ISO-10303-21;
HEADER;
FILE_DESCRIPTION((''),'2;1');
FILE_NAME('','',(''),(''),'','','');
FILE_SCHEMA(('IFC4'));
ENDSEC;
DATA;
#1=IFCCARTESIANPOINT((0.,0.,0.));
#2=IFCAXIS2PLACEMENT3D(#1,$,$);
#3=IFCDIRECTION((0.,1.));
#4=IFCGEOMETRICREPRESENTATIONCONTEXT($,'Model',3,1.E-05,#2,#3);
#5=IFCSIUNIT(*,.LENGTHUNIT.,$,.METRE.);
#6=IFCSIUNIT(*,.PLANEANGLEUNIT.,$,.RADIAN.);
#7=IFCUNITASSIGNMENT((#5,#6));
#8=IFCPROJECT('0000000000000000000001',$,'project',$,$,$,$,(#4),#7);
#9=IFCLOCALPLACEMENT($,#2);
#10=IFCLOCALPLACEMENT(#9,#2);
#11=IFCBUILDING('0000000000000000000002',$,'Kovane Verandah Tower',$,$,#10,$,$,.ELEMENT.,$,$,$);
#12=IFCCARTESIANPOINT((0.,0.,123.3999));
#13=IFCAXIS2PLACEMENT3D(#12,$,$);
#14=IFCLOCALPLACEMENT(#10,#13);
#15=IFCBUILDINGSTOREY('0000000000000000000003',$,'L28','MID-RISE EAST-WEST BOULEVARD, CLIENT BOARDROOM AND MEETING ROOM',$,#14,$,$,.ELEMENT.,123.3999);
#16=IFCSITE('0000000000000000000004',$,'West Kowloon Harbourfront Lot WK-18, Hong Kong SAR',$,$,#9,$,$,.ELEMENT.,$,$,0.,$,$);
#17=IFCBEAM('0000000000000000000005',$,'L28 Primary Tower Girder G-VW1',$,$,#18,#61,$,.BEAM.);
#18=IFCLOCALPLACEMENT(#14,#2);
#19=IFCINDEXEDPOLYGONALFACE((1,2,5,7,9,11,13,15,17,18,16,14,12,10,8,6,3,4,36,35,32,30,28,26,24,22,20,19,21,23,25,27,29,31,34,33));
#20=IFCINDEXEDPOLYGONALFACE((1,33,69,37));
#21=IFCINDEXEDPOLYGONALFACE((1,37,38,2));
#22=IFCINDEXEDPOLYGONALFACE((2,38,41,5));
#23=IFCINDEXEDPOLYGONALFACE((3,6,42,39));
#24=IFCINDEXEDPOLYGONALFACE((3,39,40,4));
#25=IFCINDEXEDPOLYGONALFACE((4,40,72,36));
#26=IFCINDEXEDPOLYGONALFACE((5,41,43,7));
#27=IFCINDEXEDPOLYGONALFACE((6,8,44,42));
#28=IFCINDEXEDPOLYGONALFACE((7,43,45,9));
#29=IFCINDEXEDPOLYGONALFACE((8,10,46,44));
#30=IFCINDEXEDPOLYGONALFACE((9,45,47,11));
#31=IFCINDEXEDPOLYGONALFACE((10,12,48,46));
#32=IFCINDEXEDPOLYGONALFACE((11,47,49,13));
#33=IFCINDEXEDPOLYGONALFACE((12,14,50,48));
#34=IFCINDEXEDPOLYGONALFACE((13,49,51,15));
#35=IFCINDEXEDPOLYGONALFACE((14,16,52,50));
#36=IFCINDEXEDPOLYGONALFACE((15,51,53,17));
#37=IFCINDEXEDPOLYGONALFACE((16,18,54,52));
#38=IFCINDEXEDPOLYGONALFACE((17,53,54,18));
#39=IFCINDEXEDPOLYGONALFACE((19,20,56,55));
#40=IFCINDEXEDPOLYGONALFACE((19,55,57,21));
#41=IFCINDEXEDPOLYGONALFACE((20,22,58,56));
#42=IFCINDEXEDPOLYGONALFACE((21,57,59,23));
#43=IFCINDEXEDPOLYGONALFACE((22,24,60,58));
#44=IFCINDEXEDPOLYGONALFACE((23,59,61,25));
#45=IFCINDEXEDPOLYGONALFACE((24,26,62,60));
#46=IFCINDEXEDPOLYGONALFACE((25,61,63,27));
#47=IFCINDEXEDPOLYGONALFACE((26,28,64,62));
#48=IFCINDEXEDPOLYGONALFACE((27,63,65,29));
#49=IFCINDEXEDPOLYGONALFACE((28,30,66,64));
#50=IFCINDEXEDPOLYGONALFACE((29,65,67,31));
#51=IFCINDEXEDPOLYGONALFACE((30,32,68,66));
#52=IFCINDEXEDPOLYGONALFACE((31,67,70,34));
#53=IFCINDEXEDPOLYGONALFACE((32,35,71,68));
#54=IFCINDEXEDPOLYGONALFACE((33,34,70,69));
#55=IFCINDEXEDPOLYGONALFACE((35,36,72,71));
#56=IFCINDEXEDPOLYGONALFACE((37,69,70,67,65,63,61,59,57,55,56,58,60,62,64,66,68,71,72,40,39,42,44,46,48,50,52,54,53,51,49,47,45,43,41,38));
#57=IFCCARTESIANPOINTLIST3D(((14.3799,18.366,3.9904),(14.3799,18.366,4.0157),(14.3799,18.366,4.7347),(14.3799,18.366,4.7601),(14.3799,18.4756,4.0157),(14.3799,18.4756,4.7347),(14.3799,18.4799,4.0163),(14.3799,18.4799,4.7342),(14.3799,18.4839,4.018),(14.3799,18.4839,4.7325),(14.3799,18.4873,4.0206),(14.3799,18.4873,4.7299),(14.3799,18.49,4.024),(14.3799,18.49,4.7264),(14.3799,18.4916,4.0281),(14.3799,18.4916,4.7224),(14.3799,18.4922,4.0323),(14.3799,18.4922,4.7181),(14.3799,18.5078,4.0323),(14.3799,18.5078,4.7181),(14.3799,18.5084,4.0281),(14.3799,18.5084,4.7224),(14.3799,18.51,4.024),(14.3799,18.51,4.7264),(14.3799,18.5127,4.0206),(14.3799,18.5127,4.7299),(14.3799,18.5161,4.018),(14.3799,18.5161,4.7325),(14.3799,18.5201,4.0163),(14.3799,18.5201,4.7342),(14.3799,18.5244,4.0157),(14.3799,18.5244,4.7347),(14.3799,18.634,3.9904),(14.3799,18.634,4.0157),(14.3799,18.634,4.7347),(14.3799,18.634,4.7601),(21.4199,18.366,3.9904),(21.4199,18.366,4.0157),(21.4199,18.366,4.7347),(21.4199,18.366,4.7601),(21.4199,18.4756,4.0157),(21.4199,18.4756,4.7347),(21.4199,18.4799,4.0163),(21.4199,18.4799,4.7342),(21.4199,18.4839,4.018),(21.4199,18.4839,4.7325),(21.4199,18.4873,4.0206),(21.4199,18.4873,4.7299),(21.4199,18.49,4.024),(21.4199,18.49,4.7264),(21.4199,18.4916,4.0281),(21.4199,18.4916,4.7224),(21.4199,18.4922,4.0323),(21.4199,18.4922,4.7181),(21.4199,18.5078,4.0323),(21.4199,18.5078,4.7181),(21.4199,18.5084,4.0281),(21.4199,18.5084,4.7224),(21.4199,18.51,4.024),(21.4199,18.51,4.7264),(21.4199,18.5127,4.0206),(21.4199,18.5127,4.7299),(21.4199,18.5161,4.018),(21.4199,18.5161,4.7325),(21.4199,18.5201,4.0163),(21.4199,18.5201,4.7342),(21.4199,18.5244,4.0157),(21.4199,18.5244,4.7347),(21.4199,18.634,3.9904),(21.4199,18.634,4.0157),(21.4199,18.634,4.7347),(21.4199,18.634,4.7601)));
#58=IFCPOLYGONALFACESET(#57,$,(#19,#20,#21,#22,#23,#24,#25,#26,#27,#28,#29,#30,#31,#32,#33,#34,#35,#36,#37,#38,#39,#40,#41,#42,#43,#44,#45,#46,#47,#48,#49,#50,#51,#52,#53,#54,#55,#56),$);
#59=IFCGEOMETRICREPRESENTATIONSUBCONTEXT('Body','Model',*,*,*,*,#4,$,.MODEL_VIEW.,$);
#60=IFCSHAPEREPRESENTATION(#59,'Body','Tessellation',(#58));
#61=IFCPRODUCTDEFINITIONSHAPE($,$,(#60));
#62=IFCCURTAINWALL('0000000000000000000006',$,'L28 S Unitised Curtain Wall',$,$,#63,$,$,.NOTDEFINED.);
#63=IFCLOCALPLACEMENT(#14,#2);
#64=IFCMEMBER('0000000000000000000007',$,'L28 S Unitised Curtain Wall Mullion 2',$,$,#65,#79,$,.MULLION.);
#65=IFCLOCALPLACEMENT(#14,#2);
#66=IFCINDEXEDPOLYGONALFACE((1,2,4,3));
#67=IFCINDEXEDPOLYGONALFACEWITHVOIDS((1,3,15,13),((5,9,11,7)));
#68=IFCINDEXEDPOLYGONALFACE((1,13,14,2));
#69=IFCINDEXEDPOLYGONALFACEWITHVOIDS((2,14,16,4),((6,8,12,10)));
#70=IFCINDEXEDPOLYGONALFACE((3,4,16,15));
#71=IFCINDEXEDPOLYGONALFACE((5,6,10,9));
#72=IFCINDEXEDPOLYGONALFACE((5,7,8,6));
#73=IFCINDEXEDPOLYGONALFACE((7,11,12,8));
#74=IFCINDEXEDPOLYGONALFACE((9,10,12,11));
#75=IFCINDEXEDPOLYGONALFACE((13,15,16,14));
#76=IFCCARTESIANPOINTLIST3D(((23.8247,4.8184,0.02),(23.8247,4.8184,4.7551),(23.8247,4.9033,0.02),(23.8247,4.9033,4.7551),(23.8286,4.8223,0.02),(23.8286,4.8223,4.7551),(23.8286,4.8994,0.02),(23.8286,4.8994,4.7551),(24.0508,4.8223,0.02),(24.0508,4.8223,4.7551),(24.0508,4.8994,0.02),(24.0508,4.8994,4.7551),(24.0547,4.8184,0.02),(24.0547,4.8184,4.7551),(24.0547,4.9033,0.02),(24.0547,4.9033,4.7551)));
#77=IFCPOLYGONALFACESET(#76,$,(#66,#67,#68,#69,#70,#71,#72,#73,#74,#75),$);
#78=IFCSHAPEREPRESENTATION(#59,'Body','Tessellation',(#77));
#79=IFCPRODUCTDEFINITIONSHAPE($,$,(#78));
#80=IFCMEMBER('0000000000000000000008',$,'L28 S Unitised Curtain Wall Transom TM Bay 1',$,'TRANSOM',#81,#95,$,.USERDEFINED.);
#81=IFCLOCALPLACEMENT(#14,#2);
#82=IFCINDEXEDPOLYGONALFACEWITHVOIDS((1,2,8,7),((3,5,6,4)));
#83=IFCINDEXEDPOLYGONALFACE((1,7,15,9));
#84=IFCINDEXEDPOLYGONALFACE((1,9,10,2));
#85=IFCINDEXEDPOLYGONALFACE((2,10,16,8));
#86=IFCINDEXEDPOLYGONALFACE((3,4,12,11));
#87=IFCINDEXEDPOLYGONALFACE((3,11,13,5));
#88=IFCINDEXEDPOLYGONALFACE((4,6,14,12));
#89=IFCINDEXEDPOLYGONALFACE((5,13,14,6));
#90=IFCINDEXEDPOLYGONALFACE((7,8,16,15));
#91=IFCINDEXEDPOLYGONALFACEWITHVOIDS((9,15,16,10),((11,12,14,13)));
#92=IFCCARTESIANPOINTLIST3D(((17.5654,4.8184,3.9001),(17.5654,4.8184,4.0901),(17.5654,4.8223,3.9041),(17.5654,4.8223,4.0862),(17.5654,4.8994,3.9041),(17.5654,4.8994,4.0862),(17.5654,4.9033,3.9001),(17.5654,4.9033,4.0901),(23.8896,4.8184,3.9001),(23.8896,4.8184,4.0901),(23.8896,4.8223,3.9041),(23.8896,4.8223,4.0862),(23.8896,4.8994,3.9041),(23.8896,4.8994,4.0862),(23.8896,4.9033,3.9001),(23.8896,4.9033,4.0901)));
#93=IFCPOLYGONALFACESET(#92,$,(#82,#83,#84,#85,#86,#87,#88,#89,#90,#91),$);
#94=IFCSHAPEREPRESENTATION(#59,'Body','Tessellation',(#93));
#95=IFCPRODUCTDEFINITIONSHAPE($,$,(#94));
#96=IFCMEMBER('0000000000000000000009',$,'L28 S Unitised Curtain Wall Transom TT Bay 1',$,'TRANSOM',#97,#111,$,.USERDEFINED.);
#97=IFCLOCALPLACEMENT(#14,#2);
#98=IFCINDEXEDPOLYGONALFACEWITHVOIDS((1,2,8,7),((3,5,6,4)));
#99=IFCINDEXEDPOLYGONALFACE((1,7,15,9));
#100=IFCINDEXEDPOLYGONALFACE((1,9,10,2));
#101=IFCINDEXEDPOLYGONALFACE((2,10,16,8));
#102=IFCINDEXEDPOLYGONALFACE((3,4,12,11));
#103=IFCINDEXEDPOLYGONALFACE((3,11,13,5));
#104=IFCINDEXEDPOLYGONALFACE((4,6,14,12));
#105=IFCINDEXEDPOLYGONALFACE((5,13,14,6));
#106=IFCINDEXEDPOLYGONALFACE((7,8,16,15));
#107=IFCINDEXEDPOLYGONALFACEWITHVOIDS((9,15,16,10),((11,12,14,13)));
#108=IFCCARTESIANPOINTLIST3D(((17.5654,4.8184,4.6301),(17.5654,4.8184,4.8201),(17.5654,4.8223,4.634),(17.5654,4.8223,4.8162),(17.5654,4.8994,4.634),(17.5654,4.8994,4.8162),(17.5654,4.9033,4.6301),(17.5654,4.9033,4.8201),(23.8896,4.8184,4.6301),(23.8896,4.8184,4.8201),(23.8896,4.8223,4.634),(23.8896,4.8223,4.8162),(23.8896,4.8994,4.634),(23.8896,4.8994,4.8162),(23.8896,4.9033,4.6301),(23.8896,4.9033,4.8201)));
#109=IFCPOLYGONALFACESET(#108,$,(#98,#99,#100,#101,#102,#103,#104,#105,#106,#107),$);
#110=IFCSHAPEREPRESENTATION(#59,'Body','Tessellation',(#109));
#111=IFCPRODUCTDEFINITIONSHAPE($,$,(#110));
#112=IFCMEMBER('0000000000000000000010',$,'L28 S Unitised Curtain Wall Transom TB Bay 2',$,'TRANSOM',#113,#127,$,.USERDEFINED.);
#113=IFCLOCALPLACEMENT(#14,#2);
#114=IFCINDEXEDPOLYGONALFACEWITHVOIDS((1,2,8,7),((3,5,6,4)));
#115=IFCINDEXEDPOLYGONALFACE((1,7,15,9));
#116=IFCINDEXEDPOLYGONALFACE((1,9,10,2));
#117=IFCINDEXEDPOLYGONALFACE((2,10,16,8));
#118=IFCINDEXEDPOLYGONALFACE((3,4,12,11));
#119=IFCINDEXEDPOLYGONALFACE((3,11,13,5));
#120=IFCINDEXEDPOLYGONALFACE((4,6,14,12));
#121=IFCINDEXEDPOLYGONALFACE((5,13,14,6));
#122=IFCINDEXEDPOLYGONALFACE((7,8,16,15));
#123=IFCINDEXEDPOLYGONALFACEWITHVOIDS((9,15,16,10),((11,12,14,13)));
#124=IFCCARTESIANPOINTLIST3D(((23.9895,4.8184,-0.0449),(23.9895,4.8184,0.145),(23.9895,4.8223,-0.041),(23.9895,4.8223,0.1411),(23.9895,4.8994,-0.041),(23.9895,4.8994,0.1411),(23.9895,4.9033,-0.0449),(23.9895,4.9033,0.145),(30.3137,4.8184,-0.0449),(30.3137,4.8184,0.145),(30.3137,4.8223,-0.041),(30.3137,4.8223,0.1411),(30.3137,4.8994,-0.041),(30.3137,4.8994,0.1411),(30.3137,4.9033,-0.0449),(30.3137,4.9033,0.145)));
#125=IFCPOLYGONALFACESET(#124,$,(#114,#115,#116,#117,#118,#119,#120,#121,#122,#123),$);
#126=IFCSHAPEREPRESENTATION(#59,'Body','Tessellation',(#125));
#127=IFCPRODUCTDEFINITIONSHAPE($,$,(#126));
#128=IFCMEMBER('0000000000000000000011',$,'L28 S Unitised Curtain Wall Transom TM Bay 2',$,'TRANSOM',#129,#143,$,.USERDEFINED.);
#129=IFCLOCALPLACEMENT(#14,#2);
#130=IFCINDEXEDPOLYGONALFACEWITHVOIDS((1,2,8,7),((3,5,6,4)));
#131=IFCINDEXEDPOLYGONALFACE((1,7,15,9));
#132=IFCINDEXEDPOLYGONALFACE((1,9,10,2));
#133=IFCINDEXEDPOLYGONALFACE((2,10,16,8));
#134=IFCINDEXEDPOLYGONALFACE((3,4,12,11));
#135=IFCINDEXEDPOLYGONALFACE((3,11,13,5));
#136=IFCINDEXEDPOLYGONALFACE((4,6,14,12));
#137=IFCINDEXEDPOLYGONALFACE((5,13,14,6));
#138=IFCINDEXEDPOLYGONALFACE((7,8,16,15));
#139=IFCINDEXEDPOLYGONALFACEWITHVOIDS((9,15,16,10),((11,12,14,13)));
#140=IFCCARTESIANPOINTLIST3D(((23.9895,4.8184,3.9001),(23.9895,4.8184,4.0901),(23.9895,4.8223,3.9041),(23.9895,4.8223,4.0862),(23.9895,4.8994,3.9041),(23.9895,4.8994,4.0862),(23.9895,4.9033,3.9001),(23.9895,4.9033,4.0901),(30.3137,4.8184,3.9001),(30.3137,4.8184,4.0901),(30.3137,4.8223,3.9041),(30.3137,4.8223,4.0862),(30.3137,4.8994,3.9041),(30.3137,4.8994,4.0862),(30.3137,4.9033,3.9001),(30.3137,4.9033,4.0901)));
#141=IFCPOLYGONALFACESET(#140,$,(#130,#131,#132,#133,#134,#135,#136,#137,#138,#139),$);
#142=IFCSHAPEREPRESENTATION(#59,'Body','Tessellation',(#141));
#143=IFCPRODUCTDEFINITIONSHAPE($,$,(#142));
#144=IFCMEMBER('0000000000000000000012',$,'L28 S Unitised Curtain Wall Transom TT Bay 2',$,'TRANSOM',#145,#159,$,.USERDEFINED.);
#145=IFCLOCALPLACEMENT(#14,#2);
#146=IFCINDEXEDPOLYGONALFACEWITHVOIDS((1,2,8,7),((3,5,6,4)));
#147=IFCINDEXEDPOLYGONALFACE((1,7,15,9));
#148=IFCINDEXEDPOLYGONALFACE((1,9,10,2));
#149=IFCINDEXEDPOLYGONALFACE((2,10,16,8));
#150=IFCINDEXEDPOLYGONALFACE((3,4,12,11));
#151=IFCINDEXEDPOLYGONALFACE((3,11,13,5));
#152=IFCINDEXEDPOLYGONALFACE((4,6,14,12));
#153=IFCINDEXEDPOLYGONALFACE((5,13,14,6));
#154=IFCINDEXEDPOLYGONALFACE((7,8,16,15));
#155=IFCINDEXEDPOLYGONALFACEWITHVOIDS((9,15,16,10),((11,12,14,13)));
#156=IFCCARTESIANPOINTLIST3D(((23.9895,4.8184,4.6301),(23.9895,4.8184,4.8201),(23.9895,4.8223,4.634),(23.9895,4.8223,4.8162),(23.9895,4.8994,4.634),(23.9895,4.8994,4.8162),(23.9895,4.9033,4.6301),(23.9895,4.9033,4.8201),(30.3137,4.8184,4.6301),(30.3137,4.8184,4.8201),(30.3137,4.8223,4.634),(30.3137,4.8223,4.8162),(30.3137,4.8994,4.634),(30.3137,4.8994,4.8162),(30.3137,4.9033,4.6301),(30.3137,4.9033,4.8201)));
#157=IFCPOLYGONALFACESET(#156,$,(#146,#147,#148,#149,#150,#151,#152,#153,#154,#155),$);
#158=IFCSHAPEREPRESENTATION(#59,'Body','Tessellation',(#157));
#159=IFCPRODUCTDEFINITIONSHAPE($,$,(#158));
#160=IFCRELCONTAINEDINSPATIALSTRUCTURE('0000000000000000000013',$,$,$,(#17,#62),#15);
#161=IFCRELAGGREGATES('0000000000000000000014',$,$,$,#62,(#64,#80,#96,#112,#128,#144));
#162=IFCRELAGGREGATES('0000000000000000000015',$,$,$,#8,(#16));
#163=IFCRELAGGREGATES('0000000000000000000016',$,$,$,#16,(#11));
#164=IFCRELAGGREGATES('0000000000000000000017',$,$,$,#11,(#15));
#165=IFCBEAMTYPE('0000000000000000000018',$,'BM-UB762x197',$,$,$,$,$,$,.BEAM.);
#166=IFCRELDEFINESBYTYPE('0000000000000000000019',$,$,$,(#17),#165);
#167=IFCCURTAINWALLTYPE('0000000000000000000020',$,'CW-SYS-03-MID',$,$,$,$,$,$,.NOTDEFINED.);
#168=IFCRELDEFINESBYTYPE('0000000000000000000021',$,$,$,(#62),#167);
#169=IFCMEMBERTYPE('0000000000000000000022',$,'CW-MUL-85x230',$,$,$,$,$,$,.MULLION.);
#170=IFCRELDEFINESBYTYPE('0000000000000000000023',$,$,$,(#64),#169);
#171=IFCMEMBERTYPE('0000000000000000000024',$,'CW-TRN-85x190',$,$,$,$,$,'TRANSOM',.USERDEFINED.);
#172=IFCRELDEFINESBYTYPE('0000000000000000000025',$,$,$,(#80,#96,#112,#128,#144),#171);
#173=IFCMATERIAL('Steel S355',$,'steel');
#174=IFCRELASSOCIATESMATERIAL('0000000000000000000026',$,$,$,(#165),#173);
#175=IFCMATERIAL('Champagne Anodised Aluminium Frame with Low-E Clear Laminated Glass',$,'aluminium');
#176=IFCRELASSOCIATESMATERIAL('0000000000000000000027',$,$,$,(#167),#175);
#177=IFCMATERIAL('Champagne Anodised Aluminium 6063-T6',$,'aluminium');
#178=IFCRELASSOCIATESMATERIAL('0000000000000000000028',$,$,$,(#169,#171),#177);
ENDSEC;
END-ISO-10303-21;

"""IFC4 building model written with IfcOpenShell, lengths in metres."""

from ifc_helpers import new_model, si_unit, direction, frame, origin, origin_2d, place, context, subcontext, project, spatial, hollow_rectangle, i_section, extrude, material, material_profile, profile_set, type_object, element, aggregate, save


model = new_model("IFC4")

# Units and contexts
model_context = context("Model", 3, precision=1e-05, world=origin(), true_north=direction((0.0, 1.0)))
body_context = subcontext(model_context, "Body", "Model", "MODEL_VIEW")
ifc_project = project(units=[si_unit("LENGTHUNIT", "METRE"), si_unit("PLANEANGLEUNIT", "RADIAN")], contexts=[model_context])

# Site, building, storey
site_placement = place(None, origin())
site = spatial("IfcSite", under=ifc_project, at=site_placement, Name="West Kowloon Harbourfront Lot WK-18, Hong Kong SAR", CompositionType="ELEMENT", RefElevation=0.0)
building_placement = place(site_placement, origin())
building = spatial("IfcBuilding", under=site, at=building_placement, Name="Kovane Verandah Tower", CompositionType="ELEMENT")
storey_placement = place(building_placement, frame((0.0, 0.0, 123.3999)))
storey = spatial("IfcBuildingStorey", under=building, at=storey_placement, Name="L28", Description="MID-RISE EAST-WEST BOULEVARD, CLIENT BOARDROOM AND MEETING ROOM", CompositionType="ELEMENT", Elevation=123.3999)

# Beam
ifc_material_1 = material(Name="Steel S355", Category="steel")
ifc_material_profile_1 = material_profile(ifc_material_1, i_section(OverallWidth=0.2681, OverallDepth=0.7698, WebThickness=0.0156, FlangeThickness=0.0254, FilletRadius=0.0166, at=origin_2d()), Name="UB762x267x197")
ifc_profile_set_1 = profile_set([ifc_material_profile_1], Name="Steel S355")
beam_type_1 = type_object("IfcBeamType", Name="BM-UB762x197", PredefinedType="BEAM", material=ifc_profile_set_1)
beam_1_placement = place(storey_placement, frame((21.4199, 18.5, 4.3752), z_axis=(-1.0, 0.0, 0.0), x_axis=(0.0, -1.0, 0.0)))
element("IfcBeam", 1, at=beam_1_placement, inside=storey, type_object=beam_type_1, Name="L28 Primary Tower Girder G-VW1", PredefinedType="BEAM", context=body_context, shape_type="SweptSolid", body=[
    extrude(i_section(OverallWidth=0.2681, OverallDepth=0.7698, WebThickness=0.0156, FlangeThickness=0.0254, FilletRadius=0.0166, at=origin_2d()), origin(), (0.0, 0.0, 1.0), 7.04),
])

# Curtain wall, members
ifc_material_2 = material(Name="Champagne Anodised Aluminium Frame with Low-E Clear Laminated Glass", Category="aluminium")
curtain_wall_type = type_object("IfcCurtainWallType", Name="CW-SYS-03-MID", PredefinedType="NOTDEFINED", material=ifc_material_2)
curtain_wall_placement = place(storey_placement, origin())
curtain_wall = element("IfcCurtainWall", 2, at=curtain_wall_placement, inside=storey, type_object=curtain_wall_type, Name="L28 S Unitised Curtain Wall", PredefinedType="NOTDEFINED")
ifc_material_3 = material(Name="Champagne Anodised Aluminium 6063-T6", Category="aluminium")
ifc_material_profile_2 = material_profile(ifc_material_3, hollow_rectangle(XDim=0.085, YDim=0.23, WallThickness=0.0039, at=origin_2d()), Name="AL85x230x4")
ifc_profile_set_2 = profile_set([ifc_material_profile_2], Name="Champagne Anodised Aluminium 6063-T6")
member_type_1 = type_object("IfcMemberType", Name="CW-MUL-85x230", PredefinedType="MULLION", material=ifc_profile_set_2)
member_1_placement = place(storey_placement, frame((23.9397, 4.8608, 0.02), z_axis=(0.0, 0.0, 1.0), x_axis=(0.0, -1.0, 0.0)))
member_1 = element("IfcMember", 3, at=member_1_placement, type_object=member_type_1, Name="L28 S Unitised Curtain Wall Mullion 2", PredefinedType="MULLION", context=body_context, shape_type="SweptSolid", body=[
    extrude(hollow_rectangle(XDim=0.085, YDim=0.23, WallThickness=0.0039, at=origin_2d()), origin(), (0.0, 0.0, 1.0), 4.7351),
])
ifc_material_profile_3 = material_profile(ifc_material_3, hollow_rectangle(XDim=0.085, YDim=0.1899, WallThickness=0.0039, at=origin_2d()), Name="AL85x190x4")
ifc_profile_set_3 = profile_set([ifc_material_profile_3], Name="Champagne Anodised Aluminium 6063-T6")
member_type_2 = type_object("IfcMemberType", Name="CW-TRN-85x190", ElementType="TRANSOM", PredefinedType="USERDEFINED", material=ifc_profile_set_3)
member_2_placement = place(storey_placement, frame((17.5654, 4.8608, 3.9951), z_axis=(1.0, 0.0, 0.0), x_axis=(0.0, 1.0, 0.0)))
member_2 = element("IfcMember", 4, at=member_2_placement, type_object=member_type_2, Name="L28 S Unitised Curtain Wall Transom TM Bay 1", ObjectType="TRANSOM", PredefinedType="USERDEFINED", context=body_context, shape_type="SweptSolid", body=[
    extrude(hollow_rectangle(XDim=0.085, YDim=0.1899, WallThickness=0.0039, at=origin_2d()), origin(), (0.0, 0.0, 1.0), 6.3242),
])
member_3_placement = place(storey_placement, frame((17.5654, 4.8608, 4.7251), z_axis=(1.0, 0.0, 0.0), x_axis=(0.0, 1.0, 0.0)))
member_3 = element("IfcMember", 5, at=member_3_placement, type_object=member_type_2, Name="L28 S Unitised Curtain Wall Transom TT Bay 1", ObjectType="TRANSOM", PredefinedType="USERDEFINED", context=body_context, shape_type="SweptSolid", body=[
    extrude(hollow_rectangle(XDim=0.085, YDim=0.1899, WallThickness=0.0039, at=origin_2d()), origin(), (0.0, 0.0, 1.0), 6.3242),
])
member_4_placement = place(storey_placement, frame((23.9895, 4.8608, 0.05), z_axis=(1.0, 0.0, 0.0), x_axis=(0.0, 1.0, 0.0)))
member_4 = element("IfcMember", 6, at=member_4_placement, type_object=member_type_2, Name="L28 S Unitised Curtain Wall Transom TB Bay 2", ObjectType="TRANSOM", PredefinedType="USERDEFINED", context=body_context, shape_type="SweptSolid", body=[
    extrude(hollow_rectangle(XDim=0.085, YDim=0.1899, WallThickness=0.0039, at=origin_2d()), origin(), (0.0, 0.0, 1.0), 6.3242),
])
member_5_placement = place(storey_placement, frame((23.9895, 4.8608, 3.9951), z_axis=(1.0, 0.0, 0.0), x_axis=(0.0, 1.0, 0.0)))
member_5 = element("IfcMember", 7, at=member_5_placement, type_object=member_type_2, Name="L28 S Unitised Curtain Wall Transom TM Bay 2", ObjectType="TRANSOM", PredefinedType="USERDEFINED", context=body_context, shape_type="SweptSolid", body=[
    extrude(hollow_rectangle(XDim=0.085, YDim=0.1899, WallThickness=0.0039, at=origin_2d()), origin(), (0.0, 0.0, 1.0), 6.3242),
])
member_6_placement = place(storey_placement, frame((23.9895, 4.8608, 4.7251), z_axis=(1.0, 0.0, 0.0), x_axis=(0.0, 1.0, 0.0)))
member_6 = element("IfcMember", 8, at=member_6_placement, type_object=member_type_2, Name="L28 S Unitised Curtain Wall Transom TT Bay 2", ObjectType="TRANSOM", PredefinedType="USERDEFINED", context=body_context, shape_type="SweptSolid", body=[
    extrude(hollow_rectangle(XDim=0.085, YDim=0.1899, WallThickness=0.0039, at=origin_2d()), origin(), (0.0, 0.0, 1.0), 6.3242),
])

aggregate(curtain_wall, [member_1, member_2, member_3, member_4, member_5, member_6])

save(model, "model.ifc")
